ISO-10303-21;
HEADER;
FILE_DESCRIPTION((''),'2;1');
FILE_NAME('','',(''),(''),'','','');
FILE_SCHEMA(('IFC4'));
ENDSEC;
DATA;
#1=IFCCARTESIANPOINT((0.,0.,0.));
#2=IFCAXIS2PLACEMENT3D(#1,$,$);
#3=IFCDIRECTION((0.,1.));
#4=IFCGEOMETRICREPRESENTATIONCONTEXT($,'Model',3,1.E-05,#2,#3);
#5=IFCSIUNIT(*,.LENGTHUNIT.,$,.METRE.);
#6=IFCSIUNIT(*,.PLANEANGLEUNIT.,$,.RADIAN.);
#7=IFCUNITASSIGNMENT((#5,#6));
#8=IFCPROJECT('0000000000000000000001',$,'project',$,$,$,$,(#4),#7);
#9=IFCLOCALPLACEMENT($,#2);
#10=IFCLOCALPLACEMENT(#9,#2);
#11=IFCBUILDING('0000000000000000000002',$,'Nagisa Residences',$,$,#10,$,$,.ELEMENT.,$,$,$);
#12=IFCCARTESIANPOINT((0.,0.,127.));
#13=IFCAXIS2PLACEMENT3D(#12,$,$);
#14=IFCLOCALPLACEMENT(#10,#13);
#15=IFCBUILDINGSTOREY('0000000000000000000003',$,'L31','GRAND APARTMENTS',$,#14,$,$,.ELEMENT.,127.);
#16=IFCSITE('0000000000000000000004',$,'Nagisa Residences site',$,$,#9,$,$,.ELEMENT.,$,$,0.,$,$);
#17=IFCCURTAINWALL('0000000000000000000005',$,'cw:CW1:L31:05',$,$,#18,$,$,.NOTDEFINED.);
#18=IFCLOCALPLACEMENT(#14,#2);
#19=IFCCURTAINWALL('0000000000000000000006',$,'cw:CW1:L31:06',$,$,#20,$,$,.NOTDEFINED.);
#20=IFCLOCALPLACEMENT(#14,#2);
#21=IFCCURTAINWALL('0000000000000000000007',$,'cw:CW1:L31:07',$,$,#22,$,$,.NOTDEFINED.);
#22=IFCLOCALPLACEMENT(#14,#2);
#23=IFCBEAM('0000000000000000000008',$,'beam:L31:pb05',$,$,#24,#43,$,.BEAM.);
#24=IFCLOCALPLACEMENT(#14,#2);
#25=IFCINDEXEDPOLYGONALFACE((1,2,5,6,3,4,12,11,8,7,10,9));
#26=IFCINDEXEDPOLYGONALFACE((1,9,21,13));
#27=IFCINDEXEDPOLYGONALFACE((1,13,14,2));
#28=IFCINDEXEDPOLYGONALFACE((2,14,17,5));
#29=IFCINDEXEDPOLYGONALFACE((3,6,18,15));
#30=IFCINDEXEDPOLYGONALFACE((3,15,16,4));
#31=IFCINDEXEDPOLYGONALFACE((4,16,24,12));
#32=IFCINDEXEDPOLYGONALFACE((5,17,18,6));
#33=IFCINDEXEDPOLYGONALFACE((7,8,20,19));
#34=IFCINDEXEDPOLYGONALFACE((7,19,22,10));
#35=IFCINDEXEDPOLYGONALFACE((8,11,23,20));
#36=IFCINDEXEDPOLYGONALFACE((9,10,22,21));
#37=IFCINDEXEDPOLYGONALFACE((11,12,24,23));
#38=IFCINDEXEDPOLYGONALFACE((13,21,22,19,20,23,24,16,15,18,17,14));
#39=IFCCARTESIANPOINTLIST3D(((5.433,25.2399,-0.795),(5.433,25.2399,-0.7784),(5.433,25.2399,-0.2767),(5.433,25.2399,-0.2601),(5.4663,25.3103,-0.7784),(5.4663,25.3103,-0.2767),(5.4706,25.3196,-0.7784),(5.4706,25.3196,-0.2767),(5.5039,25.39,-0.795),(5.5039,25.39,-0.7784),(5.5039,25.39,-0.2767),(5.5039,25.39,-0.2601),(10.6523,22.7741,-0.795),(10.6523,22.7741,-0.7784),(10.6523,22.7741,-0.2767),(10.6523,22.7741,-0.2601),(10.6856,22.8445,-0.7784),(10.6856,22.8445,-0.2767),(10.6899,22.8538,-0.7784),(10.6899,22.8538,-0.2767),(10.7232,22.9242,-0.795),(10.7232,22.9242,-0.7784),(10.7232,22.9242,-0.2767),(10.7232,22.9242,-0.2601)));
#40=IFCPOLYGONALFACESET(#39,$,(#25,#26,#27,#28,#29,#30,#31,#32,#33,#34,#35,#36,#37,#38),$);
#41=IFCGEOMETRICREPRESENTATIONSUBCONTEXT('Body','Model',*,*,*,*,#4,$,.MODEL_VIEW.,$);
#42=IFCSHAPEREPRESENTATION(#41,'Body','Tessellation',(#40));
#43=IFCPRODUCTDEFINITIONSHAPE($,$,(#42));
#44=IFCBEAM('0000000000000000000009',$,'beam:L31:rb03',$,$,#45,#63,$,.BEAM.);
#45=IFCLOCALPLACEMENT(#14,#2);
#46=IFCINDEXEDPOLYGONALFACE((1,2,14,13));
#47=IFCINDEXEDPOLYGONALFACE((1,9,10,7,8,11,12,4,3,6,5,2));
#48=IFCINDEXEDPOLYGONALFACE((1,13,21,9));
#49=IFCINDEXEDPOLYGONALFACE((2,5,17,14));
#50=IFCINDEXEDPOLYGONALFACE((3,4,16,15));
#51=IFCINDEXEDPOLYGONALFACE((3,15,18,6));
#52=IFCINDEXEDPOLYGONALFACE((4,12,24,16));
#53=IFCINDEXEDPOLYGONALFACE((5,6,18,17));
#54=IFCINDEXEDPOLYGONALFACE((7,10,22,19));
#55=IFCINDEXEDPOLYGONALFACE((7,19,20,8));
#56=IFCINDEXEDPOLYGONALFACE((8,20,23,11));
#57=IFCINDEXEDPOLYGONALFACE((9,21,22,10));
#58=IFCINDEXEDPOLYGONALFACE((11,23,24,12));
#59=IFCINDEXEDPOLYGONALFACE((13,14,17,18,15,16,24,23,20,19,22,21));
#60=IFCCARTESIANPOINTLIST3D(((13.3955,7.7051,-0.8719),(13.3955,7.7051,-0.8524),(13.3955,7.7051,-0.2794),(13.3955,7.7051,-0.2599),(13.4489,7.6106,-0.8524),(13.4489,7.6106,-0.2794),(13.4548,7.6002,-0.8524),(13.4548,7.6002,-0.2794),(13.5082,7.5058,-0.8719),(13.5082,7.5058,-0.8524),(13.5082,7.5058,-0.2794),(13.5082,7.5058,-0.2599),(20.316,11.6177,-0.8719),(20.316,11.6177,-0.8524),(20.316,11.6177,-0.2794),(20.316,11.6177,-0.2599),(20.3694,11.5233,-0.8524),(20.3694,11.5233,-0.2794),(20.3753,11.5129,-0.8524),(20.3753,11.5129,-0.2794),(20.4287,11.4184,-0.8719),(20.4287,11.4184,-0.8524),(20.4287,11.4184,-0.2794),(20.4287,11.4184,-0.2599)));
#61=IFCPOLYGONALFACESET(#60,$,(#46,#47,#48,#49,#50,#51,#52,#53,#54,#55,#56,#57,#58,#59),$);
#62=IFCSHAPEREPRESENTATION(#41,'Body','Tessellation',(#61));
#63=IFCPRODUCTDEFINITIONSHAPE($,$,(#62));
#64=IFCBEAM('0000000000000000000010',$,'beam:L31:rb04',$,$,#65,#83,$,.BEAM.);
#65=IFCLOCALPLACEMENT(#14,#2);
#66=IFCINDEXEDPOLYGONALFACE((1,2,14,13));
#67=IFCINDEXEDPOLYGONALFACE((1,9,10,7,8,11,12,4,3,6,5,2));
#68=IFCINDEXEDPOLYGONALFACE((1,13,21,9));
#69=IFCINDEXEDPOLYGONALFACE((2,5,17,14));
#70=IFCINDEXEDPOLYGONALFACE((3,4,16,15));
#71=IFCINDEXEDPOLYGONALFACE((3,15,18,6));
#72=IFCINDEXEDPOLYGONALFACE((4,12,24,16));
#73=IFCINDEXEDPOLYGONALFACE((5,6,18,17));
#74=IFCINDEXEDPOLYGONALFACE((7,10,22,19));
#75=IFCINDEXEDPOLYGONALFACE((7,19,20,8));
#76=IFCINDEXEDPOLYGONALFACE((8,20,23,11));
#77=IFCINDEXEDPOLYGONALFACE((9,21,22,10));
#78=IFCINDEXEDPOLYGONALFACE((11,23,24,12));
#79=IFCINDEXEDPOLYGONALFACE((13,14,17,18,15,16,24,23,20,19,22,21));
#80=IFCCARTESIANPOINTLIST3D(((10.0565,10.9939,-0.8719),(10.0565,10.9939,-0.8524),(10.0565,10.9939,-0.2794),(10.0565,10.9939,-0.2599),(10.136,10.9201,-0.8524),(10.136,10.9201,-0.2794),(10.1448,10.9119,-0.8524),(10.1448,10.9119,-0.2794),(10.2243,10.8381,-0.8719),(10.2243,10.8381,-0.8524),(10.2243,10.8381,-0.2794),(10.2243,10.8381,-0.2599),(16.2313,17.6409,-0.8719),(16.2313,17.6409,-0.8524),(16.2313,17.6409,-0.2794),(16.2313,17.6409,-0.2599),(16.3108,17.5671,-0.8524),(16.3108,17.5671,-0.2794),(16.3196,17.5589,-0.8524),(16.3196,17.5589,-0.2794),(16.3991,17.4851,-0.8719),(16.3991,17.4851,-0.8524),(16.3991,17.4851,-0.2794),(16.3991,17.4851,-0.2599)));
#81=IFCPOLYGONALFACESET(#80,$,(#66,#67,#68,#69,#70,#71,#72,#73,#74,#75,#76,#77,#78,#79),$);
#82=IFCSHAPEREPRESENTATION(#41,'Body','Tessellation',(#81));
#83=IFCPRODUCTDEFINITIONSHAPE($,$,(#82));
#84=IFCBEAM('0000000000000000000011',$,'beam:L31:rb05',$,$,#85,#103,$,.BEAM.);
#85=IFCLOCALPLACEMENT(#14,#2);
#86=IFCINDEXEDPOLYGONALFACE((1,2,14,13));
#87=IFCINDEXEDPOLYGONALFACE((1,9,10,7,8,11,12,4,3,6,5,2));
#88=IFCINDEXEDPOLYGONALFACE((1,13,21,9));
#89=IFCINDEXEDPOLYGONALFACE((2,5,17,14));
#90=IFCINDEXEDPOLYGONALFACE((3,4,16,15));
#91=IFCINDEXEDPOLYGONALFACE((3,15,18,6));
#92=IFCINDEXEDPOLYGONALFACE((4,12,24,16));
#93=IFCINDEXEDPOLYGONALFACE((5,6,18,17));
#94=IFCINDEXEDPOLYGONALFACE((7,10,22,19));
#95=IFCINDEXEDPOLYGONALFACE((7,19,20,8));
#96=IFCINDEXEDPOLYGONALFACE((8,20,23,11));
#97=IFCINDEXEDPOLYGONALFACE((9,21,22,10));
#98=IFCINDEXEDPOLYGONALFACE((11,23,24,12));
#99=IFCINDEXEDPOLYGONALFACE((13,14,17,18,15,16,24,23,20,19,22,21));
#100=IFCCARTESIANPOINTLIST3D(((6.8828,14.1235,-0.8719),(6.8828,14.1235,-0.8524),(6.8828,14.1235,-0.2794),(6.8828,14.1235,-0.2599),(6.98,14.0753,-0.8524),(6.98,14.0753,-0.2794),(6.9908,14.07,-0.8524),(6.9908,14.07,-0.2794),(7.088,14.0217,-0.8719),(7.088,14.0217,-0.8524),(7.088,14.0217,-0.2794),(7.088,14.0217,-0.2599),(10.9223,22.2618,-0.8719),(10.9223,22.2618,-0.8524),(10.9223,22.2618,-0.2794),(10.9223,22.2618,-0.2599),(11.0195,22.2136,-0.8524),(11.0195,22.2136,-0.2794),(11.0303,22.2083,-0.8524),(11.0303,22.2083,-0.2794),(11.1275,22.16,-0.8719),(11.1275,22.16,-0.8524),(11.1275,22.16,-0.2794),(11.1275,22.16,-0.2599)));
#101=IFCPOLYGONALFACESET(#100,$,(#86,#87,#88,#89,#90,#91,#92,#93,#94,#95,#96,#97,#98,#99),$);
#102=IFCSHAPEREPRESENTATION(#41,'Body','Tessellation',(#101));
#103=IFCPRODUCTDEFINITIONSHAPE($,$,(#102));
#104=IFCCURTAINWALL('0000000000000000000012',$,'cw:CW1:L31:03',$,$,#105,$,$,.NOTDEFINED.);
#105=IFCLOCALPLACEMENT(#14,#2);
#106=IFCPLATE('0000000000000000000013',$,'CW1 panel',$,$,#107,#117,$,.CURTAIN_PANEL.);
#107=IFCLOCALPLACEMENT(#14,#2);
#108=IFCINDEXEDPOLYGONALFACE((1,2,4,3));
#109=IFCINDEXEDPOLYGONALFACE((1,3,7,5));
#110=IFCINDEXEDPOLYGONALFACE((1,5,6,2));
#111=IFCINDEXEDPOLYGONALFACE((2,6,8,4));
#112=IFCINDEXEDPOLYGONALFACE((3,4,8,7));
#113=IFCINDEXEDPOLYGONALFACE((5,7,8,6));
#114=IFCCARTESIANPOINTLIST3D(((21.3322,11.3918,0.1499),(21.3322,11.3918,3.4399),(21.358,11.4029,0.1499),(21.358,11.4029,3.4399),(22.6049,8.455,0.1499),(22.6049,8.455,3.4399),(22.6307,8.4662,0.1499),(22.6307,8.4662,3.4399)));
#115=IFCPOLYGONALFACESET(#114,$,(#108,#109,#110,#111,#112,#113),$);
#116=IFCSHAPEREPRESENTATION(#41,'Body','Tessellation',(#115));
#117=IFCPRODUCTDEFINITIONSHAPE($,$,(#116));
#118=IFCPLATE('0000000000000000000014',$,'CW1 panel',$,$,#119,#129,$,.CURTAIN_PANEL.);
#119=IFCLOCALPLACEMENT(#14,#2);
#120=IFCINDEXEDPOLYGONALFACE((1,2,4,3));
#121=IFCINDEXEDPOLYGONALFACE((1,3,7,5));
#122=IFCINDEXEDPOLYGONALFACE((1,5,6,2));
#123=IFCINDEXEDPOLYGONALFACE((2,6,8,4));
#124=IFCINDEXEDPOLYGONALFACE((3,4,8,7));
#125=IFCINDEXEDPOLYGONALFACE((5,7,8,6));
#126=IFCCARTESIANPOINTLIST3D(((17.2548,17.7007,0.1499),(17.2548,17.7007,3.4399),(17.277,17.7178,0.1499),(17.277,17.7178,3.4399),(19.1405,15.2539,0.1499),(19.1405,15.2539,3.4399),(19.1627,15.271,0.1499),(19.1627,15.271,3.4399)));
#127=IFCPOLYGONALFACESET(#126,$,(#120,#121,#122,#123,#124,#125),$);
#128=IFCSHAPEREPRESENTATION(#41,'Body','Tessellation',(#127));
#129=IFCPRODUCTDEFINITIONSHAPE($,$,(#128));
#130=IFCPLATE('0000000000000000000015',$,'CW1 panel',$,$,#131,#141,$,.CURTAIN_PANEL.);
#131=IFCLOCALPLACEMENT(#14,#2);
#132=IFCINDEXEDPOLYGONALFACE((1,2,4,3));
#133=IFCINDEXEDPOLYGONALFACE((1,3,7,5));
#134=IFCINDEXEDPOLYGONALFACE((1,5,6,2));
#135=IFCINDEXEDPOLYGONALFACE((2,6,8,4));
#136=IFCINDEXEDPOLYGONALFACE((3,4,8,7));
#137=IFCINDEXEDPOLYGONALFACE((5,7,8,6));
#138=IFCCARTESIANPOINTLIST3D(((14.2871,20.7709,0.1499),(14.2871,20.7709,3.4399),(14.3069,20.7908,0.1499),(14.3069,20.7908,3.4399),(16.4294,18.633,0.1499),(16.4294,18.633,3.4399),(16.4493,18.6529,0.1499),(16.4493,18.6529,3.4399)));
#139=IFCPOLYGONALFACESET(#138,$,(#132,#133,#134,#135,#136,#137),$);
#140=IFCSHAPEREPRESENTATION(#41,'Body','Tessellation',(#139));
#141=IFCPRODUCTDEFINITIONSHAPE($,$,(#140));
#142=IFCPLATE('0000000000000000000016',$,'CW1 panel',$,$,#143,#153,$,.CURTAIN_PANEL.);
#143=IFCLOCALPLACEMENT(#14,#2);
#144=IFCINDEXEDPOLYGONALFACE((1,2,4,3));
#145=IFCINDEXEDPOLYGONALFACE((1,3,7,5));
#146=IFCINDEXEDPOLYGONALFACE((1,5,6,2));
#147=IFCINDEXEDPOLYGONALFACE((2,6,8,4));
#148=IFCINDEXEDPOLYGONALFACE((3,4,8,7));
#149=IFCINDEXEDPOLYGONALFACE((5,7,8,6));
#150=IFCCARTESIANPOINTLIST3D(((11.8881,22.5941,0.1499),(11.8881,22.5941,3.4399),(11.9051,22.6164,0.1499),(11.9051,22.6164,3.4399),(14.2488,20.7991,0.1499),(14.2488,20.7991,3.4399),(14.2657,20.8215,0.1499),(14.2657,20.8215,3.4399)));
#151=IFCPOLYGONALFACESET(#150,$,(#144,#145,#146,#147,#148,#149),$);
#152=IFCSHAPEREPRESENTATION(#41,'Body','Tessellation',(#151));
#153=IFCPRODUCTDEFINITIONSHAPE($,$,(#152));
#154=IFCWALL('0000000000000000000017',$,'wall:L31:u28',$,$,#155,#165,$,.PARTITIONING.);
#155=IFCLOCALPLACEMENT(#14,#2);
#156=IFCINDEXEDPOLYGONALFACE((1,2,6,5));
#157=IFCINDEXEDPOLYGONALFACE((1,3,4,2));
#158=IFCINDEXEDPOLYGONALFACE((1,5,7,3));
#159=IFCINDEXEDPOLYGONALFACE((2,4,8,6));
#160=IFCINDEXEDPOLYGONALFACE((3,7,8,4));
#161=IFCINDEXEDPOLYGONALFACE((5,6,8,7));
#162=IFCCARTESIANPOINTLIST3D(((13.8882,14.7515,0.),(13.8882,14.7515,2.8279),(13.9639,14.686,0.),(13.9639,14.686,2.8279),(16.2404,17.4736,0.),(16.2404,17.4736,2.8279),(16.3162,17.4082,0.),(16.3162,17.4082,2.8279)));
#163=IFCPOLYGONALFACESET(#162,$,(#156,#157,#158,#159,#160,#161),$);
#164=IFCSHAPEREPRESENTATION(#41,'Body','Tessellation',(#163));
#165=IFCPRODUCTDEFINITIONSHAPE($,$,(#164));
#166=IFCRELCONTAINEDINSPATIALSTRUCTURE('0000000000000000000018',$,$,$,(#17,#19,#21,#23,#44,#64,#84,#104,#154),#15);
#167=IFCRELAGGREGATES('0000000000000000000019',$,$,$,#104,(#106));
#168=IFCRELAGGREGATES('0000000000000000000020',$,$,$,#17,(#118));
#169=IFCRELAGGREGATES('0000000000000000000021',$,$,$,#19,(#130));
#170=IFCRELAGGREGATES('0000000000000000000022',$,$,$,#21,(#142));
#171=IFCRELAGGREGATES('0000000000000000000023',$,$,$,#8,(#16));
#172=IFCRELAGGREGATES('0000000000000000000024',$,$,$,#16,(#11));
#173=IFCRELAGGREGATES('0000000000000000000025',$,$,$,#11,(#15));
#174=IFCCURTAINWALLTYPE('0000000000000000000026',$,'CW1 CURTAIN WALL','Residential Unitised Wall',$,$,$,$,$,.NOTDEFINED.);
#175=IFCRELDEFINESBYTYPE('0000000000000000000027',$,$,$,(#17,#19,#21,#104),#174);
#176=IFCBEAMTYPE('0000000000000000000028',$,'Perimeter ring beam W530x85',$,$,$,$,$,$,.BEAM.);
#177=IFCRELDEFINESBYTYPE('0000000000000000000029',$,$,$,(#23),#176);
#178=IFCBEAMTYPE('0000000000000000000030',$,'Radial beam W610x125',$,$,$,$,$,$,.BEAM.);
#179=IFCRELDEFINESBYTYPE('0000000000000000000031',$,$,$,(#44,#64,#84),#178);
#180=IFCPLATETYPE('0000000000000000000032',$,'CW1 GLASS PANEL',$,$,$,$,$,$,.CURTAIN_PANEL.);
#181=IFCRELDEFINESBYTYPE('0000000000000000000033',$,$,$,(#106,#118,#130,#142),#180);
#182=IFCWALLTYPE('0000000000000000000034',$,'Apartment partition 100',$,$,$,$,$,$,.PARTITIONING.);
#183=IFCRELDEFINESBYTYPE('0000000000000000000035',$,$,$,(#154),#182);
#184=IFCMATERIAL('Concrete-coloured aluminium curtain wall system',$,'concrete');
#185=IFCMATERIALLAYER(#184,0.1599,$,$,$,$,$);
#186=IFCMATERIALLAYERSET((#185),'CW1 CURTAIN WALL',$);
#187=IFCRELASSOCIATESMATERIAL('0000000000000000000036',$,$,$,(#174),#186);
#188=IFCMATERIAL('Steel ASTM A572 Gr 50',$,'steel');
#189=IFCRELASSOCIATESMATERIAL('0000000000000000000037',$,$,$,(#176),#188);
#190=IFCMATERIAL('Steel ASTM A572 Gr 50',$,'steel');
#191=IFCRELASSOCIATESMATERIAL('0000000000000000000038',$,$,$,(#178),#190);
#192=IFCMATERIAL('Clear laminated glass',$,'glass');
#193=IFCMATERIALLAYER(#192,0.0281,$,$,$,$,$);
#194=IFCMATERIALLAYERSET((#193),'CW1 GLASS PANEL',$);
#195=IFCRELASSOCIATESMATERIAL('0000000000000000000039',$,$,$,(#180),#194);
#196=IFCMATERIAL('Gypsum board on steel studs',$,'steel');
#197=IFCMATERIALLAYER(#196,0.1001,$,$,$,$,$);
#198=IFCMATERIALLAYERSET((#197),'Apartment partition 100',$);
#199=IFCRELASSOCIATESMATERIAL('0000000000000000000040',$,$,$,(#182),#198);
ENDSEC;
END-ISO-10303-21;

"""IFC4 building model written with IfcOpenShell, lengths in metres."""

from ifc_helpers import new_model, si_unit, direction, frame, frame_2d, origin, origin_2d, place, context, subcontext, project, spatial, rectangle, i_section, extrude, material, layer, layer_set, material_profile, profile_set, type_object, element, aggregate, save


model = new_model("IFC4")

# Units and contexts
model_context = context("Model", 3, precision=1e-05, world=origin(), true_north=direction((0.0, 1.0)))
body_context = subcontext(model_context, "Body", "Model", "MODEL_VIEW")
ifc_project = project(units=[si_unit("LENGTHUNIT", "METRE"), si_unit("PLANEANGLEUNIT", "RADIAN")], contexts=[model_context])

# Site, building, storey
site_placement = place(None, origin())
site = spatial("IfcSite", under=ifc_project, at=site_placement, Name="Nagisa Residences site", CompositionType="ELEMENT", RefElevation=0.0)
building_placement = place(site_placement, origin())
building = spatial("IfcBuilding", under=site, at=building_placement, Name="Nagisa Residences", CompositionType="ELEMENT")
storey_placement = place(building_placement, frame((0.0, 0.0, 127.0)))
storey = spatial("IfcBuildingStorey", under=building, at=storey_placement, Name="L31", Description="GRAND APARTMENTS", CompositionType="ELEMENT", Elevation=127.0)

# Curtain walls
ifc_material_1 = material(Name="Concrete-coloured aluminium curtain wall system", Category="concrete")
ifc_layer_1 = layer(ifc_material_1, 0.1599)
ifc_layer_set_1 = layer_set([ifc_layer_1], Name="CW1 CURTAIN WALL")
curtain_wall_type = type_object("IfcCurtainWallType", Name="CW1 CURTAIN WALL", Description="Residential Unitised Wall", PredefinedType="NOTDEFINED", material=ifc_layer_set_1)
curtain_wall_1_placement = place(storey_placement, origin())
curtain_wall_1 = element("IfcCurtainWall", 1, at=curtain_wall_1_placement, inside=storey, type_object=curtain_wall_type, Name="cw:CW1:L31:05", PredefinedType="NOTDEFINED")
curtain_wall_2_placement = place(storey_placement, origin())
curtain_wall_2 = element("IfcCurtainWall", 2, at=curtain_wall_2_placement, inside=storey, type_object=curtain_wall_type, Name="cw:CW1:L31:06", PredefinedType="NOTDEFINED")
curtain_wall_3_placement = place(storey_placement, origin())
curtain_wall_3 = element("IfcCurtainWall", 3, at=curtain_wall_3_placement, inside=storey, type_object=curtain_wall_type, Name="cw:CW1:L31:07", PredefinedType="NOTDEFINED")

# Beams
ifc_material_2 = material(Name="Steel ASTM A572 Gr 50", Category="steel")
ifc_material_profile_1 = material_profile(ifc_material_2, i_section(OverallWidth=0.166, OverallDepth=0.5349, WebThickness=0.0103, FlangeThickness=0.0166, at=origin_2d()), Name="W530x85")
ifc_profile_set_1 = profile_set([ifc_material_profile_1], Name="Steel ASTM A572 Gr 50")
beam_type_1 = type_object("IfcBeamType", Name="Perimeter ring beam W530x85", PredefinedType="BEAM", material=ifc_profile_set_1)
beam_1_placement = place(storey_placement, frame((10.6877, 22.8491, -0.5276), z_axis=(-0.90417, 0.427173, 0.0), x_axis=(-0.427173, -0.90417, 0.0)))
element("IfcBeam", 4, at=beam_1_placement, inside=storey, type_object=beam_type_1, Name="beam:L31:pb05", PredefinedType="BEAM", context=body_context, shape_type="SweptSolid", body=[
    extrude(i_section(OverallWidth=0.166, OverallDepth=0.5349, WebThickness=0.0103, FlangeThickness=0.0166, at=origin_2d()), origin(), (0.0, 0.0, 1.0), 5.7725),
])
ifc_material_3 = material(Name="Steel ASTM A572 Gr 50", Category="steel")
ifc_material_profile_2 = material_profile(ifc_material_3, i_section(OverallWidth=0.229, OverallDepth=0.6121, WebThickness=0.012, FlangeThickness=0.0195, at=origin_2d()), Name="W610x125")
ifc_profile_set_2 = profile_set([ifc_material_profile_2], Name="Steel ASTM A572 Gr 50")
beam_type_2 = type_object("IfcBeamType", Name="Radial beam W610x125", PredefinedType="BEAM", material=ifc_profile_set_2)
beam_2_placement = place(storey_placement, frame((20.3723, 11.5181, -0.5659), z_axis=(-0.870506, -0.492158, 0.0), x_axis=(0.492158, -0.870506, 0.0)))
element("IfcBeam", 5, at=beam_2_placement, inside=storey, type_object=beam_type_2, Name="beam:L31:rb03", PredefinedType="BEAM", context=body_context, shape_type="SweptSolid", body=[
    extrude(i_section(OverallWidth=0.229, OverallDepth=0.6121, WebThickness=0.012, FlangeThickness=0.0195, at=origin_2d()), origin(), (0.0, 0.0, 1.0), 7.95),
])
beam_3_placement = place(storey_placement, frame((16.3152, 17.563, -0.5659), z_axis=(-0.680606, -0.73265, 0.0), x_axis=(0.73265, -0.680606, 0.0)))
element("IfcBeam", 6, at=beam_3_placement, inside=storey, type_object=beam_type_2, Name="beam:L31:rb04", PredefinedType="BEAM", context=body_context, shape_type="SweptSolid", body=[
    extrude(i_section(OverallWidth=0.229, OverallDepth=0.6121, WebThickness=0.012, FlangeThickness=0.0195, at=origin_2d()), origin(), (0.0, 0.0, 1.0), 9.0725),
])
beam_4_placement = place(storey_placement, frame((11.0249, 22.2109, -0.5659), z_axis=(-0.4446, -0.895729, 0.0), x_axis=(0.895729, -0.4446, 0.0)))
element("IfcBeam", 7, at=beam_4_placement, inside=storey, type_object=beam_type_2, Name="beam:L31:rb05", PredefinedType="BEAM", context=body_context, shape_type="SweptSolid", body=[
    extrude(i_section(OverallWidth=0.229, OverallDepth=0.6121, WebThickness=0.012, FlangeThickness=0.0195, at=origin_2d()), origin(), (0.0, 0.0, 1.0), 9.0857),
])

# Curtain wall, plate
curtain_wall_4_placement = place(storey_placement, origin())
curtain_wall_4 = element("IfcCurtainWall", 8, at=curtain_wall_4_placement, inside=storey, type_object=curtain_wall_type, Name="cw:CW1:L31:03", PredefinedType="NOTDEFINED")
ifc_material_4 = material(Name="Clear laminated glass", Category="glass")
ifc_layer_2 = layer(ifc_material_4, 0.0281)
ifc_layer_set_2 = layer_set([ifc_layer_2], Name="CW1 GLASS PANEL")
plate_type = type_object("IfcPlateType", Name="CW1 GLASS PANEL", PredefinedType="CURTAIN_PANEL", material=ifc_layer_set_2)
plate_1_placement = place(storey_placement, frame((21.9814, 9.929, 0.1499), z_axis=(0.0, 0.0, 1.0), x_axis=(-0.397636, 0.917543, 0.0)))
plate_1 = element("IfcPlate", 9, at=plate_1_placement, type_object=plate_type, Name="CW1 panel", PredefinedType="CURTAIN_PANEL", context=body_context, shape_type="SweptSolid", body=[
    extrude(rectangle(XDim=3.2007, YDim=0.0281, at=origin_2d()), origin(), (0.0, 0.0, 1.0), 3.29),
])
aggregate(curtain_wall_4, [plate_1])

# Plates
plate_2_placement = place(storey_placement, frame((18.2087, 16.4858, 0.1499), z_axis=(0.0, 0.0, 1.0), x_axis=(-0.61043, 0.79207, 0.0)))
plate_2 = element("IfcPlate", 10, at=plate_2_placement, type_object=plate_type, Name="CW1 panel", PredefinedType="CURTAIN_PANEL", context=body_context, shape_type="SweptSolid", body=[
    extrude(rectangle(XDim=3.0891, YDim=0.0281, at=origin_2d()), origin(), (0.0, 0.0, 1.0), 3.29),
])
aggregate(curtain_wall_1, [plate_2])
plate_3_placement = place(storey_placement, frame((15.3682, 19.7119, 0.1499), z_axis=(0.0, 0.0, 1.0), x_axis=(-0.707836, 0.706377, 0.0)))
plate_3 = element("IfcPlate", 11, at=plate_3_placement, type_object=plate_type, Name="CW1 panel", PredefinedType="CURTAIN_PANEL", context=body_context, shape_type="SweptSolid", body=[
    extrude(rectangle(XDim=3.0266, YDim=0.0281, at=origin_2d()), origin(), (0.0, 0.0, 1.0), 3.29),
])
aggregate(curtain_wall_2, [plate_3])
plate_4_placement = place(storey_placement, frame((13.0769, 21.7078, 0.1499), z_axis=(0.0, 0.0, 1.0), x_axis=(-0.796031, 0.605255, 0.0)))
plate_4 = element("IfcPlate", 12, at=plate_4_placement, type_object=plate_type, Name="CW1 panel", PredefinedType="CURTAIN_PANEL", context=body_context, shape_type="SweptSolid", body=[
    extrude(rectangle(XDim=2.9656, YDim=0.0281, at=origin_2d()), origin(), (0.0, 0.0, 1.0), 3.29),
])
aggregate(curtain_wall_3, [plate_4])

# Wall
ifc_material_5 = material(Name="Gypsum board on steel studs", Category="steel")
ifc_layer_3 = layer(ifc_material_5, 0.1001)
ifc_layer_set_3 = layer_set([ifc_layer_3], Name="Apartment partition 100")
wall_type_1 = type_object("IfcWallType", Name="Apartment partition 100", PredefinedType="PARTITIONING", material=ifc_layer_set_3)
wall_1_placement = place(storey_placement, frame((13.926, 14.7188, 0.0), z_axis=(0.0, 0.0, 1.0), x_axis=(0.653832, 0.75664, 0.0)))
element("IfcWall", 13, at=wall_1_placement, inside=storey, type_object=wall_type_1, Name="wall:L31:u28", PredefinedType="PARTITIONING", context=body_context, shape_type="SweptSolid", body=[
    extrude(rectangle(XDim=3.5977, YDim=0.1001, at=frame_2d((1.7988, 0.0))), origin(), (0.0, 0.0, 1.0), 2.8279),
])

save(model, "model.ifc")
